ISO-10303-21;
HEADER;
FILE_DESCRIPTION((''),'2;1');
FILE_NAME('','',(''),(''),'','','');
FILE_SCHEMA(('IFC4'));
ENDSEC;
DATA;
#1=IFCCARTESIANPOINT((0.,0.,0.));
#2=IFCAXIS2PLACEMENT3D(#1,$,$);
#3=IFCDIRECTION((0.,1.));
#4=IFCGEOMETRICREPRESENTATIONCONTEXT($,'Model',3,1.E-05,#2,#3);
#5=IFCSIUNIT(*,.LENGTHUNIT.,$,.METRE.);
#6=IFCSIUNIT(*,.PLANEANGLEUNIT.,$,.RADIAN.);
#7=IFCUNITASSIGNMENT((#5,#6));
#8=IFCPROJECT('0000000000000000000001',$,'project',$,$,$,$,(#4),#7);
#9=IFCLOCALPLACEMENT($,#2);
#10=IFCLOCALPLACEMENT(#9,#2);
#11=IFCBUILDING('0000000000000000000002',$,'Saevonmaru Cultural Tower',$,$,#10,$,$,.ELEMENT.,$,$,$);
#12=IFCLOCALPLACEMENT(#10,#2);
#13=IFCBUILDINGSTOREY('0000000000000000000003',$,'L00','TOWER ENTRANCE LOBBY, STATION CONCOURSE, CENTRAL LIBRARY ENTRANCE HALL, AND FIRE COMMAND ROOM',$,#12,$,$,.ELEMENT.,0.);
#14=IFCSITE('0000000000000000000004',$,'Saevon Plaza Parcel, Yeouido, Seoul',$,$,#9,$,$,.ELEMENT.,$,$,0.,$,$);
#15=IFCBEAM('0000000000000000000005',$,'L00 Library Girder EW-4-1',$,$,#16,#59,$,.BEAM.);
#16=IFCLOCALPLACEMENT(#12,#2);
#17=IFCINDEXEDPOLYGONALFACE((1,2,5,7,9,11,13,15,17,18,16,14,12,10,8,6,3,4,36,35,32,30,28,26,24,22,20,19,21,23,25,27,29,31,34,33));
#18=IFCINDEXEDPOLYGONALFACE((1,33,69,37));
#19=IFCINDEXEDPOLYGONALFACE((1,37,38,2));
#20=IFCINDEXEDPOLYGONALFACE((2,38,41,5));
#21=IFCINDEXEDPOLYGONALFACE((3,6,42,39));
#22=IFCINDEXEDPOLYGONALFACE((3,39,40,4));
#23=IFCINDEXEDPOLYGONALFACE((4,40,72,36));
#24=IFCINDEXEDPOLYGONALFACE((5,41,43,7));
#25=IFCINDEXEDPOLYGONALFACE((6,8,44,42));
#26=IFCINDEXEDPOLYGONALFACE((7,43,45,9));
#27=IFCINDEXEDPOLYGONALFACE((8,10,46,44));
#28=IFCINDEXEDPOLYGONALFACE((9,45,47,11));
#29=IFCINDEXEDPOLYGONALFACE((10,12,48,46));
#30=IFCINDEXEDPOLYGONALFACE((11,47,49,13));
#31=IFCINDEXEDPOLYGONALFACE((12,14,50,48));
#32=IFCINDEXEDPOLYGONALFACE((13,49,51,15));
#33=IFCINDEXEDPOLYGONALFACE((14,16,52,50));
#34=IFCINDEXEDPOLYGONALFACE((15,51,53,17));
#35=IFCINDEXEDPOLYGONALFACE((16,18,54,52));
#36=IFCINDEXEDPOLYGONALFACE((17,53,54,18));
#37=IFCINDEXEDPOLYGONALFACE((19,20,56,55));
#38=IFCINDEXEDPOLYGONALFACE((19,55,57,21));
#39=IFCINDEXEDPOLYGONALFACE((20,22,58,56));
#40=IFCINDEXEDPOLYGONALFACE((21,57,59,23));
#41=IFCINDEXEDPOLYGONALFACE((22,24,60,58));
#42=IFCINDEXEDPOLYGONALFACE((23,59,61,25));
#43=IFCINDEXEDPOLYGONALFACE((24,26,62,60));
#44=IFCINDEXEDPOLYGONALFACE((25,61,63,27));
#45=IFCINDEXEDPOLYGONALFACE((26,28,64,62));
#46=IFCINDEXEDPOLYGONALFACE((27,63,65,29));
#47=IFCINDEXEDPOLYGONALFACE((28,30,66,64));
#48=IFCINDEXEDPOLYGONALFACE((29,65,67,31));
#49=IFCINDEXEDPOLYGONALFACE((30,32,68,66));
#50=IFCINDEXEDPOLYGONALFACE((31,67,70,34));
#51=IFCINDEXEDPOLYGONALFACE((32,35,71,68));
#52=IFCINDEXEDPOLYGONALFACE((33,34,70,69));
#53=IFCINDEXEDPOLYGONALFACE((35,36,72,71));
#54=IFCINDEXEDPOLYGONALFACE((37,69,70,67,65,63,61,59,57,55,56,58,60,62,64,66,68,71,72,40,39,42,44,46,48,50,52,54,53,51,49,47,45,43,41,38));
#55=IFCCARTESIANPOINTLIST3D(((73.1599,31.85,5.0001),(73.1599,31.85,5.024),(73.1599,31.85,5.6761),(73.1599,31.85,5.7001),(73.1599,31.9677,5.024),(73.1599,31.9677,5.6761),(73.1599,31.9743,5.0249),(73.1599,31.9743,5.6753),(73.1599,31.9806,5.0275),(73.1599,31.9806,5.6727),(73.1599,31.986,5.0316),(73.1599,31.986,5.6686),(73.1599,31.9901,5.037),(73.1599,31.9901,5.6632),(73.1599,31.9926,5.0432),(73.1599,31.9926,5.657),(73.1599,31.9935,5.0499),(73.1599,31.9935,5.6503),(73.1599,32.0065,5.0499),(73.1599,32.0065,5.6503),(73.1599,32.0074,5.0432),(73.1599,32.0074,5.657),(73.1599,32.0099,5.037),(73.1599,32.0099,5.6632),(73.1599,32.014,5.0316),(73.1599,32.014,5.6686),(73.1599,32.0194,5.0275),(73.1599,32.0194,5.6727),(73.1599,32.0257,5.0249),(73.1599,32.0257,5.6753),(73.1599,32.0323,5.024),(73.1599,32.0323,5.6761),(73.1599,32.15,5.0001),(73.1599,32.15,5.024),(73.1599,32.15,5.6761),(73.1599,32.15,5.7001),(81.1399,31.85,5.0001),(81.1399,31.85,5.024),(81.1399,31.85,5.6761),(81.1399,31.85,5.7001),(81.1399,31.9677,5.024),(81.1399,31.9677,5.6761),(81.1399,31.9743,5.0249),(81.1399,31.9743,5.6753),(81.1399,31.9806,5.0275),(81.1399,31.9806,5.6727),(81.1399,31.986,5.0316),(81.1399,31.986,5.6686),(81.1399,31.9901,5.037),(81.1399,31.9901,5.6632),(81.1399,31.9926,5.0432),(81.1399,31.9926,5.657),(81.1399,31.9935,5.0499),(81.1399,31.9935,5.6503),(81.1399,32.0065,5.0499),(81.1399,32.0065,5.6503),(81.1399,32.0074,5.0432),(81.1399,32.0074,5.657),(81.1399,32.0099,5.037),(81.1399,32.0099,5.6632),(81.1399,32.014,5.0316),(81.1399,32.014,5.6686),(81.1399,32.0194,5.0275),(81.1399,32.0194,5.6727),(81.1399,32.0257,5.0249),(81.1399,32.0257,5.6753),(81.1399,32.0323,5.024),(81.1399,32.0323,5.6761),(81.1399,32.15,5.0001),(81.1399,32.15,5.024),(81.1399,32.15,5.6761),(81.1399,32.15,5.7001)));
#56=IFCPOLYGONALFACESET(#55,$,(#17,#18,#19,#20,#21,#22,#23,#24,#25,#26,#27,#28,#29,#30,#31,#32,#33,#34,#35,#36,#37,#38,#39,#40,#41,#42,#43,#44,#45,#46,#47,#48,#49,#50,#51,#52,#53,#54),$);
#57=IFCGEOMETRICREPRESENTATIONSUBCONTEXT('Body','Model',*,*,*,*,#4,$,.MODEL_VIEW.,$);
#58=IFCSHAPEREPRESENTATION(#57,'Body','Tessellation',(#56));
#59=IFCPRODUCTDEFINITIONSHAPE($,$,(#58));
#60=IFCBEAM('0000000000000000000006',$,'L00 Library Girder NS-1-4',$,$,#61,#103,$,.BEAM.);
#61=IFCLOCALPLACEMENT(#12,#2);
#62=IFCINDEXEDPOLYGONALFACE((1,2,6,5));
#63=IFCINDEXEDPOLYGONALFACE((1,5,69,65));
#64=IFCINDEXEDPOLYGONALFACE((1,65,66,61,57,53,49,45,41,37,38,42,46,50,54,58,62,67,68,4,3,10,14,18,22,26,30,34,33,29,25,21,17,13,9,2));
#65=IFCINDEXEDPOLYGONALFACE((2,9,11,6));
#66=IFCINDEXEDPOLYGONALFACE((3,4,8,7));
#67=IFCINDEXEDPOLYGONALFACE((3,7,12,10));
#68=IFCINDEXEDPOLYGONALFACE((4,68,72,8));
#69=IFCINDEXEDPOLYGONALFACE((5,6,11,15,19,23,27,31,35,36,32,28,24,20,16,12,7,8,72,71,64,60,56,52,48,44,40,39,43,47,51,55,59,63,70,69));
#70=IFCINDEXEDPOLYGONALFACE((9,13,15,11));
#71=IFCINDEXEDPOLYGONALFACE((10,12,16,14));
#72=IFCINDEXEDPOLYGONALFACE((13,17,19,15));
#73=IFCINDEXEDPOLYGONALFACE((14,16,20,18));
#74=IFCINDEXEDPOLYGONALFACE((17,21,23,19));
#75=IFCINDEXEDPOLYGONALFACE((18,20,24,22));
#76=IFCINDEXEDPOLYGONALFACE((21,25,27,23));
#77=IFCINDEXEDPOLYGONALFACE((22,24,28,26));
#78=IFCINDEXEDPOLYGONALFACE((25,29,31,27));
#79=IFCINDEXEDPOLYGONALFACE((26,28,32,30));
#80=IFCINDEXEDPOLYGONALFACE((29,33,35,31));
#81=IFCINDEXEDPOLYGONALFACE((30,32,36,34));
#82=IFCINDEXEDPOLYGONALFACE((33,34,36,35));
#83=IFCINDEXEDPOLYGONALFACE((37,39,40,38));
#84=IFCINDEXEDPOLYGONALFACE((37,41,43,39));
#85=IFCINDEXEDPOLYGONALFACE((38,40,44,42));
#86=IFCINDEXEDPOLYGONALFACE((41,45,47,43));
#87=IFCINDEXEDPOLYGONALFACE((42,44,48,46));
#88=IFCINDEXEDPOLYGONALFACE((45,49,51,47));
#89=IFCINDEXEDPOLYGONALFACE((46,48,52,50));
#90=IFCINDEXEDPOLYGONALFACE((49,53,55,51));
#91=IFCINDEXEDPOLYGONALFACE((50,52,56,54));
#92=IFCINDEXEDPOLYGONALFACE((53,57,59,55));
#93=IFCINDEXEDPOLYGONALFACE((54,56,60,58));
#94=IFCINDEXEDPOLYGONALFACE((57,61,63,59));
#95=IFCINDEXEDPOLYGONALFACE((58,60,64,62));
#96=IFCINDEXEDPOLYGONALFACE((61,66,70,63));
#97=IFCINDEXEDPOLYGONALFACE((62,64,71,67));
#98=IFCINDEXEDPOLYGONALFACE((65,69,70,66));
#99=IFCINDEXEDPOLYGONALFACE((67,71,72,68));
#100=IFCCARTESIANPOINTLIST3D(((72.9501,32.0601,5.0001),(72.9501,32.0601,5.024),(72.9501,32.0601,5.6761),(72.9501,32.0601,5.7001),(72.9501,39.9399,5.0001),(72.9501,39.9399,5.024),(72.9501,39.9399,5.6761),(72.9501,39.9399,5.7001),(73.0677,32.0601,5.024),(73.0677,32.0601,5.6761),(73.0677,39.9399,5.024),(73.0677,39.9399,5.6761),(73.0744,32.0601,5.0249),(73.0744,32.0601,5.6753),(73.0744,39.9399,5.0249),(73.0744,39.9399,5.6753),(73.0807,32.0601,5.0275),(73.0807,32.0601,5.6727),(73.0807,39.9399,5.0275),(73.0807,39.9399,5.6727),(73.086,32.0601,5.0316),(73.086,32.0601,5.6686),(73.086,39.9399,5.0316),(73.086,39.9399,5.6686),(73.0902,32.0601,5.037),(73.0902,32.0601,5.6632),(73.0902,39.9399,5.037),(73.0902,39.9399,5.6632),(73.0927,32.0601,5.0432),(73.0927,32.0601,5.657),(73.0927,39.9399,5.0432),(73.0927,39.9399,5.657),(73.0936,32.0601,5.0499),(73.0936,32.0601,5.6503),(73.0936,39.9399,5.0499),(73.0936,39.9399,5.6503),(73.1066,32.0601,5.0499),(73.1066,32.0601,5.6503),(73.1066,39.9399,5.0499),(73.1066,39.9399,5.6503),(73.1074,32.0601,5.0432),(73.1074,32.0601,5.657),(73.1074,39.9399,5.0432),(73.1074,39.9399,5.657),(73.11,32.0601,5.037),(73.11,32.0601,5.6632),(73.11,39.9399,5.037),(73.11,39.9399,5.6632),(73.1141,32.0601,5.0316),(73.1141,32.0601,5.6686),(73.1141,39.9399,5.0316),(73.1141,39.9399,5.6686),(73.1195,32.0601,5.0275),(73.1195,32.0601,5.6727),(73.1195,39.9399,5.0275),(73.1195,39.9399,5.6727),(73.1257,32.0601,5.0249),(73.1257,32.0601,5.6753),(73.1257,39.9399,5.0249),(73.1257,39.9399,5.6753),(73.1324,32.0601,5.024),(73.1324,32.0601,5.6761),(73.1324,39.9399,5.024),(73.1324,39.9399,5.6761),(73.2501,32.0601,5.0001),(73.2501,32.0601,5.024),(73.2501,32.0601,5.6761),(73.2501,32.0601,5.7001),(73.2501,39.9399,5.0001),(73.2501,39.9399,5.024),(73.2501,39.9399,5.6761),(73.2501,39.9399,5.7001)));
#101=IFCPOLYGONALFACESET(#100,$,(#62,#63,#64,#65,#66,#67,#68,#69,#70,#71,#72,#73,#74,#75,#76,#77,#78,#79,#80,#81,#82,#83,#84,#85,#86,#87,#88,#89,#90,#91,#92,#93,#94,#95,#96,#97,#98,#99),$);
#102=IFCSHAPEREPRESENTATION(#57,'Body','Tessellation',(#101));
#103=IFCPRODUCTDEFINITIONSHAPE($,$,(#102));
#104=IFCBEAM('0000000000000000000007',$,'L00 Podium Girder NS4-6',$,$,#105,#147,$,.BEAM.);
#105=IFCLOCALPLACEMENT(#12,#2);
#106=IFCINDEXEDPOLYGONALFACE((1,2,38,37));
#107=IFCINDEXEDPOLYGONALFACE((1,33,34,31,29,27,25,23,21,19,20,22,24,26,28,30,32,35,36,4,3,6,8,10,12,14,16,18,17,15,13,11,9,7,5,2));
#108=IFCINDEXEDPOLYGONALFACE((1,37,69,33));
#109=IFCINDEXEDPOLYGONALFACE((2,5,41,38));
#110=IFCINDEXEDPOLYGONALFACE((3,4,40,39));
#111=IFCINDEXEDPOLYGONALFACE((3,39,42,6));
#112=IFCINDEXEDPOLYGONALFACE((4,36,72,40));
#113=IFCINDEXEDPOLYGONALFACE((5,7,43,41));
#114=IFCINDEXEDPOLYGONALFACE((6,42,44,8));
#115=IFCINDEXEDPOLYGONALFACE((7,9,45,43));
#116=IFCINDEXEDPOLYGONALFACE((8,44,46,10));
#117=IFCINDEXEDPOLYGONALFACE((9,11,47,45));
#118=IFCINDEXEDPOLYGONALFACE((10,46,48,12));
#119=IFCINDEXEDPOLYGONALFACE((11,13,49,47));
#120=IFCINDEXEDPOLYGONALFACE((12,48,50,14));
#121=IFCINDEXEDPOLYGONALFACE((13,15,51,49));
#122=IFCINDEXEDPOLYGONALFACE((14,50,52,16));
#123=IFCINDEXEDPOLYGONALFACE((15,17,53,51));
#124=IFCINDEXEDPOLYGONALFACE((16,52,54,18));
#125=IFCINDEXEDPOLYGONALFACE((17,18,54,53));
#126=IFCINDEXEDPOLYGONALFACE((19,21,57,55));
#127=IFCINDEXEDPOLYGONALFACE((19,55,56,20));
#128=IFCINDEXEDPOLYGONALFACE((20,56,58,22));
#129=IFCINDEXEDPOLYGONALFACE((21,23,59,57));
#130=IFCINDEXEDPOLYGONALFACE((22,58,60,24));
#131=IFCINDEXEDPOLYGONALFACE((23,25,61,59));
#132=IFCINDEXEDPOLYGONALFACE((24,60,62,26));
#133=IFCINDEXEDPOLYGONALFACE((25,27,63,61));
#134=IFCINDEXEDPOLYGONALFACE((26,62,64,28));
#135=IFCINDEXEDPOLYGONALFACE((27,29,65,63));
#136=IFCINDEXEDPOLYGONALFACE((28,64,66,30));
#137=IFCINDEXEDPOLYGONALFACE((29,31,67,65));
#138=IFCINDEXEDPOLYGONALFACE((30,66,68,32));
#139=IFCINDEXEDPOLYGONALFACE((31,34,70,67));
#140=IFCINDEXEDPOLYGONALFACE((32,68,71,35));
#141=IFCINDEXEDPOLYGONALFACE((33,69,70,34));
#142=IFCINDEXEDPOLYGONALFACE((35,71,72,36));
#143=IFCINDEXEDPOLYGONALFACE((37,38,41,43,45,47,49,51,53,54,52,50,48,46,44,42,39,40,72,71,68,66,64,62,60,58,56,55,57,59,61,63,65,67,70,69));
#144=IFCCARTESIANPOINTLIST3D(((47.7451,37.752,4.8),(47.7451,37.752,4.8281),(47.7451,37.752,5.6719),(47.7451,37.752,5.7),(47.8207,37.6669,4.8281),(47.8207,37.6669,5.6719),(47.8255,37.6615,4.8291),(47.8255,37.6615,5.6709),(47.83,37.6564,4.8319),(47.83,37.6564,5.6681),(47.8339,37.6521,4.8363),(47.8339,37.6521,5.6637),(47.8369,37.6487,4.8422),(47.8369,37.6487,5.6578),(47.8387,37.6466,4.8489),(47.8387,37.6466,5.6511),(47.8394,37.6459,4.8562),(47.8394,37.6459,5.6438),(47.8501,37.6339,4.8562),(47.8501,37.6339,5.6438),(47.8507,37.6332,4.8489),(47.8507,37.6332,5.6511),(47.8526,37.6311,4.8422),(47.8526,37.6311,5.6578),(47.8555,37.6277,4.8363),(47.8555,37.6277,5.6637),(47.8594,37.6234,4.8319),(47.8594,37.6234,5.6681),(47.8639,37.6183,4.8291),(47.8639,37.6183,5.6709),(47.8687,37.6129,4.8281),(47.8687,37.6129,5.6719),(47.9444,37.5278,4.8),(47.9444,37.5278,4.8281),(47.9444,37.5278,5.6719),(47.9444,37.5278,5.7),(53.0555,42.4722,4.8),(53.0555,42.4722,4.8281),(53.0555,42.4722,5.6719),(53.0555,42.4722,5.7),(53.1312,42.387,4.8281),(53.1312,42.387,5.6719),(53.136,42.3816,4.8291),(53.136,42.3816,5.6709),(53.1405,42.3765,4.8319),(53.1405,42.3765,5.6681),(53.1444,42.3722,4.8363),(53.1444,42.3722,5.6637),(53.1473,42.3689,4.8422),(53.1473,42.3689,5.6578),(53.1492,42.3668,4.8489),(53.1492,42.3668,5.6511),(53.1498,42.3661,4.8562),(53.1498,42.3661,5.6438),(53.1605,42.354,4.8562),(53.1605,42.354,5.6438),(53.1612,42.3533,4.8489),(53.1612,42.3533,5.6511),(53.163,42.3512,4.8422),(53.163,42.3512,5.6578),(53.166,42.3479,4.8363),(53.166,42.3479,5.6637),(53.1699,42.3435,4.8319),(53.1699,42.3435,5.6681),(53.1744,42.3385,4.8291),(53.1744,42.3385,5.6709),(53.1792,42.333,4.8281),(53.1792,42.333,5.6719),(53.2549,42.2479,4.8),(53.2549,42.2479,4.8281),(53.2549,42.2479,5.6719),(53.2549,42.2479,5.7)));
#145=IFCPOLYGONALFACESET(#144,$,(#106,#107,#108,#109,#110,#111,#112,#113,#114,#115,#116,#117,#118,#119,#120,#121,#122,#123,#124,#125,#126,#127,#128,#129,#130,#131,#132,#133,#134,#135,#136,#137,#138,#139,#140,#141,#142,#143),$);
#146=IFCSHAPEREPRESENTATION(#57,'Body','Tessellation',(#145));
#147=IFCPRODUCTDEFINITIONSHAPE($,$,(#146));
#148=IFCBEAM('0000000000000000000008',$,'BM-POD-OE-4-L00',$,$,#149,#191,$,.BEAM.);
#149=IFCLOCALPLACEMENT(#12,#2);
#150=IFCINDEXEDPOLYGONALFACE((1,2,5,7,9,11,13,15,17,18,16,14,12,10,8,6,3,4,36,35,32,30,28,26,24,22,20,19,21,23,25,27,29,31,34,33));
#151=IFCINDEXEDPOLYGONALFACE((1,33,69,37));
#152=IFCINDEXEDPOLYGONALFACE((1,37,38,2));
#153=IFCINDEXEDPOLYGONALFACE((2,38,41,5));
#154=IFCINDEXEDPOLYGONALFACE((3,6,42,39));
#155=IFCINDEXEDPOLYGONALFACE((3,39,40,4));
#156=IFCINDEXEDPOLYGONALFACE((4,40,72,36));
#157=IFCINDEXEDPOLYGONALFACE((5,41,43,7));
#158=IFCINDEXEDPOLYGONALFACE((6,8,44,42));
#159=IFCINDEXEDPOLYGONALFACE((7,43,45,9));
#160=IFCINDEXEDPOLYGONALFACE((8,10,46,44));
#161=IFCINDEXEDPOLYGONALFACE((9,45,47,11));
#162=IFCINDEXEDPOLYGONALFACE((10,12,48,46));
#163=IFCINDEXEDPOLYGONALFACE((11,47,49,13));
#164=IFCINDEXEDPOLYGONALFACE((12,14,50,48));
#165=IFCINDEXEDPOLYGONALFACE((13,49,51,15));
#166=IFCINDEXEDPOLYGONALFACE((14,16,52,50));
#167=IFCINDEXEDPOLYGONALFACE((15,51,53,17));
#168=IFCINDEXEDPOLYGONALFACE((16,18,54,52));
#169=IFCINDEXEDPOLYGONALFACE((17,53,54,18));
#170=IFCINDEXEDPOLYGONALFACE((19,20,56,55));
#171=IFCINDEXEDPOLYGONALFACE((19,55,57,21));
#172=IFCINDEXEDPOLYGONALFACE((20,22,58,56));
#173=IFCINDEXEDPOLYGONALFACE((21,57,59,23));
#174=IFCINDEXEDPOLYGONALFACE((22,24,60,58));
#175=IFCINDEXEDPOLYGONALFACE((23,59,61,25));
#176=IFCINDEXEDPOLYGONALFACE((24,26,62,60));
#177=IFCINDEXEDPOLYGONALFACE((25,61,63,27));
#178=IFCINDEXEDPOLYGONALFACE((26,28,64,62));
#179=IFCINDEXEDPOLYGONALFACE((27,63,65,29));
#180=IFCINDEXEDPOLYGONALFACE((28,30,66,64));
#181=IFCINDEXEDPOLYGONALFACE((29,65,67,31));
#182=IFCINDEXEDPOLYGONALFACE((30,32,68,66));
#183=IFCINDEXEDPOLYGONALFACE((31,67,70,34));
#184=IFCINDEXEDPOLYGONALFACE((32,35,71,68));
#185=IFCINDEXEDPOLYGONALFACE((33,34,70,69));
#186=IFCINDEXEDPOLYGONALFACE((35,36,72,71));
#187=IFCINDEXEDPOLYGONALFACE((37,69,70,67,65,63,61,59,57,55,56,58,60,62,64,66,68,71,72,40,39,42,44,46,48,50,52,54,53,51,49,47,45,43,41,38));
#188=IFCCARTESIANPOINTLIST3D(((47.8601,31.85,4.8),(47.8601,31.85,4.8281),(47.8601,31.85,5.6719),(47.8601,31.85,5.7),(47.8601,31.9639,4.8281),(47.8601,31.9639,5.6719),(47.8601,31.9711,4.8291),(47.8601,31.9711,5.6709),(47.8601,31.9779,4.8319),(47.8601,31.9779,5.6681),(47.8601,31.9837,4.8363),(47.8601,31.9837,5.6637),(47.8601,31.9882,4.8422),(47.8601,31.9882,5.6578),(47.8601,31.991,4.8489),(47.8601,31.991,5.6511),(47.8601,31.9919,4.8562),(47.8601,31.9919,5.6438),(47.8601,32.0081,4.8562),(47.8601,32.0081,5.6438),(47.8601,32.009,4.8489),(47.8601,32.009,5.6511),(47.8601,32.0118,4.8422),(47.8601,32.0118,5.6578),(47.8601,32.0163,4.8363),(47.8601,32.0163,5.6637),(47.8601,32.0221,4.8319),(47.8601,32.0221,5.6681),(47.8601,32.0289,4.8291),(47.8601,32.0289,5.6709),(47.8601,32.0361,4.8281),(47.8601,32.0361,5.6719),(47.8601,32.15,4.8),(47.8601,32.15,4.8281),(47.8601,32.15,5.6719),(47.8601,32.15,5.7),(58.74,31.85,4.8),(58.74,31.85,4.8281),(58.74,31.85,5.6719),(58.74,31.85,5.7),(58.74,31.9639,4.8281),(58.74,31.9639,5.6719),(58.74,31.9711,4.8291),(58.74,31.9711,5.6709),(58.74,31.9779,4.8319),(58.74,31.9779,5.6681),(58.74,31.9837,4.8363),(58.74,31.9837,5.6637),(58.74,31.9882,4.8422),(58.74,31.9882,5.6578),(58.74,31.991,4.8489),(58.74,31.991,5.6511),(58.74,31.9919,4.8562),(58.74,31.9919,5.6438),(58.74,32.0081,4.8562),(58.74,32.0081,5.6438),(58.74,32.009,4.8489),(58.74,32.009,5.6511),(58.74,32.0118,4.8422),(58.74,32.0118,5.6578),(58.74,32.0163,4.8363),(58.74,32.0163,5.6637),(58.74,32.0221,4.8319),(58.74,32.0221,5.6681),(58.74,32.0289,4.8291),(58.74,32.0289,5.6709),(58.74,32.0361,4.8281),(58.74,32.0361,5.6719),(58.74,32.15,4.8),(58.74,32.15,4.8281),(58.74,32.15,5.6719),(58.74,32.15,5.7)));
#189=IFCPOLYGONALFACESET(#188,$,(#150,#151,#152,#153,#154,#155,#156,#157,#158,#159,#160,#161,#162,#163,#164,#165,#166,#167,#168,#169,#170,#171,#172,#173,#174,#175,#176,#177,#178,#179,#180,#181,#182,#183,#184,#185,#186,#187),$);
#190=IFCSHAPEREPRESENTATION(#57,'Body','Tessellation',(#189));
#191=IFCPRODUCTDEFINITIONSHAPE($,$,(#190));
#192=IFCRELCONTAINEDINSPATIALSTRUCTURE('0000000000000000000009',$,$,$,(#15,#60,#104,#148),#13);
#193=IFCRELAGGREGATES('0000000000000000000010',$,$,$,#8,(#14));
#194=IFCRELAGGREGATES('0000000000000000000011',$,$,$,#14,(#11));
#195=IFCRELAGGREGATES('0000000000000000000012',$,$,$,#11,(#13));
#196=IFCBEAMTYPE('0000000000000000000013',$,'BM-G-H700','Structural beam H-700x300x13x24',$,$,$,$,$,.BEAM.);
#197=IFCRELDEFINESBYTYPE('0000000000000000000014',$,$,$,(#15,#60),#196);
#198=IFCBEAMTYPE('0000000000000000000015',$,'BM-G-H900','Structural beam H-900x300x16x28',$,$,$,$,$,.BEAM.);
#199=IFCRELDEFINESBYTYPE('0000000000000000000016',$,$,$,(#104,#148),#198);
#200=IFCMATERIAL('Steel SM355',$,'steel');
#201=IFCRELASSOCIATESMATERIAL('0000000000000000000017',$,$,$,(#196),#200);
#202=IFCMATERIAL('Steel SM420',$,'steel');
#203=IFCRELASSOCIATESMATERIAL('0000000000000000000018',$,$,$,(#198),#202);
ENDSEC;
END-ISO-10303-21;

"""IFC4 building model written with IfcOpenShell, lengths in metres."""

from ifc_helpers import new_model, si_unit, direction, frame, origin, origin_2d, place, context, subcontext, project, spatial, i_section, extrude, material, material_profile, profile_set, type_object, element, save


model = new_model("IFC4")

# Units and contexts
model_context = context("Model", 3, precision=1e-05, world=origin(), true_north=direction((0.0, 1.0)))
body_context = subcontext(model_context, "Body", "Model", "MODEL_VIEW")
ifc_project = project(units=[si_unit("LENGTHUNIT", "METRE"), si_unit("PLANEANGLEUNIT", "RADIAN")], contexts=[model_context])

# Site, building, storey
site_placement = place(None, origin())
site = spatial("IfcSite", under=ifc_project, at=site_placement, Name="Saevon Plaza Parcel, Yeouido, Seoul", CompositionType="ELEMENT", RefElevation=0.0)
building_placement = place(site_placement, origin())
building = spatial("IfcBuilding", under=site, at=building_placement, Name="Saevonmaru Cultural Tower", CompositionType="ELEMENT")
storey_placement = place(building_placement, origin())
storey = spatial("IfcBuildingStorey", under=building, at=storey_placement, Name="L00", Description="TOWER ENTRANCE LOBBY, STATION CONCOURSE, CENTRAL LIBRARY ENTRANCE HALL, AND FIRE COMMAND ROOM", CompositionType="ELEMENT", Elevation=0.0)

# Shared definitions
ifc_material_1 = material(Name="Steel SM355", Category="steel")
ifc_material_2 = material(Name="Steel SM420", Category="steel")

# Beams
ifc_material_profile_1 = material_profile(ifc_material_1, i_section(OverallWidth=0.3, OverallDepth=0.7, WebThickness=0.0129, FlangeThickness=0.0239, FilletRadius=0.0259, at=origin_2d()), Name="H-700x300x13x24")
ifc_profile_set_1 = profile_set([ifc_material_profile_1], Name="Steel SM355")
beam_type_1 = type_object("IfcBeamType", Name="BM-G-H700", Description="Structural beam H-700x300x13x24", PredefinedType="BEAM", material=ifc_profile_set_1)
beam_1_placement = place(storey_placement, frame((73.1599, 32.0, 5.3501), z_axis=(1.0, 0.0, 0.0), x_axis=(0.0, 1.0, 0.0)))
element("IfcBeam", 1, at=beam_1_placement, inside=storey, type_object=beam_type_1, Name="L00 Library Girder EW-4-1", PredefinedType="BEAM", context=body_context, shape_type="SweptSolid", body=[
    extrude(i_section(OverallWidth=0.3, OverallDepth=0.7, WebThickness=0.0129, FlangeThickness=0.0239, FilletRadius=0.0259, at=origin_2d()), origin(), (0.0, 0.0, 1.0), 7.98),
])
beam_2_placement = place(storey_placement, frame((73.1001, 32.0601, 5.3501), z_axis=(0.0, 1.0, 0.0), x_axis=(-1.0, 0.0, 0.0)))
element("IfcBeam", 2, at=beam_2_placement, inside=storey, type_object=beam_type_1, Name="L00 Library Girder NS-1-4", PredefinedType="BEAM", context=body_context, shape_type="SweptSolid", body=[
    extrude(i_section(OverallWidth=0.3, OverallDepth=0.7, WebThickness=0.0129, FlangeThickness=0.0239, FilletRadius=0.0259, at=origin_2d()), origin(), (0.0, 0.0, 1.0), 7.8799),
])
ifc_material_profile_2 = material_profile(ifc_material_2, i_section(OverallWidth=0.3, OverallDepth=0.8999, WebThickness=0.0161, FlangeThickness=0.0281, FilletRadius=0.0281, at=origin_2d()), Name="H-900x300x16x28")
ifc_profile_set_2 = profile_set([ifc_material_profile_2], Name="Steel SM420")
beam_type_2 = type_object("IfcBeamType", Name="BM-G-H900", Description="Structural beam H-900x300x16x28", PredefinedType="BEAM", material=ifc_profile_set_2)
beam_3_placement = place(storey_placement, frame((47.8447, 37.6399, 5.25), z_axis=(0.747428, 0.664343, 0.0), x_axis=(-0.664343, 0.747428, 0.0)))
element("IfcBeam", 3, at=beam_3_placement, inside=storey, type_object=beam_type_2, Name="L00 Podium Girder NS4-6", PredefinedType="BEAM", context=body_context, shape_type="SweptSolid", body=[
    extrude(i_section(OverallWidth=0.3, OverallDepth=0.8999, WebThickness=0.0161, FlangeThickness=0.0281, FilletRadius=0.0281, at=origin_2d()), origin(), (0.0, 0.0, 1.0), 7.105),
])
beam_4_placement = place(storey_placement, frame((47.8601, 32.0, 5.25), z_axis=(1.0, 0.0, 0.0), x_axis=(0.0, 1.0, 0.0)))
element("IfcBeam", 4, at=beam_4_placement, inside=storey, type_object=beam_type_2, Name="BM-POD-OE-4-L00", PredefinedType="BEAM", context=body_context, shape_type="SweptSolid", body=[
    extrude(i_section(OverallWidth=0.3, OverallDepth=0.8999, WebThickness=0.0161, FlangeThickness=0.0281, FilletRadius=0.0281, at=origin_2d()), origin(), (0.0, 0.0, 1.0), 10.8799),
])

save(model, "model.ifc")
